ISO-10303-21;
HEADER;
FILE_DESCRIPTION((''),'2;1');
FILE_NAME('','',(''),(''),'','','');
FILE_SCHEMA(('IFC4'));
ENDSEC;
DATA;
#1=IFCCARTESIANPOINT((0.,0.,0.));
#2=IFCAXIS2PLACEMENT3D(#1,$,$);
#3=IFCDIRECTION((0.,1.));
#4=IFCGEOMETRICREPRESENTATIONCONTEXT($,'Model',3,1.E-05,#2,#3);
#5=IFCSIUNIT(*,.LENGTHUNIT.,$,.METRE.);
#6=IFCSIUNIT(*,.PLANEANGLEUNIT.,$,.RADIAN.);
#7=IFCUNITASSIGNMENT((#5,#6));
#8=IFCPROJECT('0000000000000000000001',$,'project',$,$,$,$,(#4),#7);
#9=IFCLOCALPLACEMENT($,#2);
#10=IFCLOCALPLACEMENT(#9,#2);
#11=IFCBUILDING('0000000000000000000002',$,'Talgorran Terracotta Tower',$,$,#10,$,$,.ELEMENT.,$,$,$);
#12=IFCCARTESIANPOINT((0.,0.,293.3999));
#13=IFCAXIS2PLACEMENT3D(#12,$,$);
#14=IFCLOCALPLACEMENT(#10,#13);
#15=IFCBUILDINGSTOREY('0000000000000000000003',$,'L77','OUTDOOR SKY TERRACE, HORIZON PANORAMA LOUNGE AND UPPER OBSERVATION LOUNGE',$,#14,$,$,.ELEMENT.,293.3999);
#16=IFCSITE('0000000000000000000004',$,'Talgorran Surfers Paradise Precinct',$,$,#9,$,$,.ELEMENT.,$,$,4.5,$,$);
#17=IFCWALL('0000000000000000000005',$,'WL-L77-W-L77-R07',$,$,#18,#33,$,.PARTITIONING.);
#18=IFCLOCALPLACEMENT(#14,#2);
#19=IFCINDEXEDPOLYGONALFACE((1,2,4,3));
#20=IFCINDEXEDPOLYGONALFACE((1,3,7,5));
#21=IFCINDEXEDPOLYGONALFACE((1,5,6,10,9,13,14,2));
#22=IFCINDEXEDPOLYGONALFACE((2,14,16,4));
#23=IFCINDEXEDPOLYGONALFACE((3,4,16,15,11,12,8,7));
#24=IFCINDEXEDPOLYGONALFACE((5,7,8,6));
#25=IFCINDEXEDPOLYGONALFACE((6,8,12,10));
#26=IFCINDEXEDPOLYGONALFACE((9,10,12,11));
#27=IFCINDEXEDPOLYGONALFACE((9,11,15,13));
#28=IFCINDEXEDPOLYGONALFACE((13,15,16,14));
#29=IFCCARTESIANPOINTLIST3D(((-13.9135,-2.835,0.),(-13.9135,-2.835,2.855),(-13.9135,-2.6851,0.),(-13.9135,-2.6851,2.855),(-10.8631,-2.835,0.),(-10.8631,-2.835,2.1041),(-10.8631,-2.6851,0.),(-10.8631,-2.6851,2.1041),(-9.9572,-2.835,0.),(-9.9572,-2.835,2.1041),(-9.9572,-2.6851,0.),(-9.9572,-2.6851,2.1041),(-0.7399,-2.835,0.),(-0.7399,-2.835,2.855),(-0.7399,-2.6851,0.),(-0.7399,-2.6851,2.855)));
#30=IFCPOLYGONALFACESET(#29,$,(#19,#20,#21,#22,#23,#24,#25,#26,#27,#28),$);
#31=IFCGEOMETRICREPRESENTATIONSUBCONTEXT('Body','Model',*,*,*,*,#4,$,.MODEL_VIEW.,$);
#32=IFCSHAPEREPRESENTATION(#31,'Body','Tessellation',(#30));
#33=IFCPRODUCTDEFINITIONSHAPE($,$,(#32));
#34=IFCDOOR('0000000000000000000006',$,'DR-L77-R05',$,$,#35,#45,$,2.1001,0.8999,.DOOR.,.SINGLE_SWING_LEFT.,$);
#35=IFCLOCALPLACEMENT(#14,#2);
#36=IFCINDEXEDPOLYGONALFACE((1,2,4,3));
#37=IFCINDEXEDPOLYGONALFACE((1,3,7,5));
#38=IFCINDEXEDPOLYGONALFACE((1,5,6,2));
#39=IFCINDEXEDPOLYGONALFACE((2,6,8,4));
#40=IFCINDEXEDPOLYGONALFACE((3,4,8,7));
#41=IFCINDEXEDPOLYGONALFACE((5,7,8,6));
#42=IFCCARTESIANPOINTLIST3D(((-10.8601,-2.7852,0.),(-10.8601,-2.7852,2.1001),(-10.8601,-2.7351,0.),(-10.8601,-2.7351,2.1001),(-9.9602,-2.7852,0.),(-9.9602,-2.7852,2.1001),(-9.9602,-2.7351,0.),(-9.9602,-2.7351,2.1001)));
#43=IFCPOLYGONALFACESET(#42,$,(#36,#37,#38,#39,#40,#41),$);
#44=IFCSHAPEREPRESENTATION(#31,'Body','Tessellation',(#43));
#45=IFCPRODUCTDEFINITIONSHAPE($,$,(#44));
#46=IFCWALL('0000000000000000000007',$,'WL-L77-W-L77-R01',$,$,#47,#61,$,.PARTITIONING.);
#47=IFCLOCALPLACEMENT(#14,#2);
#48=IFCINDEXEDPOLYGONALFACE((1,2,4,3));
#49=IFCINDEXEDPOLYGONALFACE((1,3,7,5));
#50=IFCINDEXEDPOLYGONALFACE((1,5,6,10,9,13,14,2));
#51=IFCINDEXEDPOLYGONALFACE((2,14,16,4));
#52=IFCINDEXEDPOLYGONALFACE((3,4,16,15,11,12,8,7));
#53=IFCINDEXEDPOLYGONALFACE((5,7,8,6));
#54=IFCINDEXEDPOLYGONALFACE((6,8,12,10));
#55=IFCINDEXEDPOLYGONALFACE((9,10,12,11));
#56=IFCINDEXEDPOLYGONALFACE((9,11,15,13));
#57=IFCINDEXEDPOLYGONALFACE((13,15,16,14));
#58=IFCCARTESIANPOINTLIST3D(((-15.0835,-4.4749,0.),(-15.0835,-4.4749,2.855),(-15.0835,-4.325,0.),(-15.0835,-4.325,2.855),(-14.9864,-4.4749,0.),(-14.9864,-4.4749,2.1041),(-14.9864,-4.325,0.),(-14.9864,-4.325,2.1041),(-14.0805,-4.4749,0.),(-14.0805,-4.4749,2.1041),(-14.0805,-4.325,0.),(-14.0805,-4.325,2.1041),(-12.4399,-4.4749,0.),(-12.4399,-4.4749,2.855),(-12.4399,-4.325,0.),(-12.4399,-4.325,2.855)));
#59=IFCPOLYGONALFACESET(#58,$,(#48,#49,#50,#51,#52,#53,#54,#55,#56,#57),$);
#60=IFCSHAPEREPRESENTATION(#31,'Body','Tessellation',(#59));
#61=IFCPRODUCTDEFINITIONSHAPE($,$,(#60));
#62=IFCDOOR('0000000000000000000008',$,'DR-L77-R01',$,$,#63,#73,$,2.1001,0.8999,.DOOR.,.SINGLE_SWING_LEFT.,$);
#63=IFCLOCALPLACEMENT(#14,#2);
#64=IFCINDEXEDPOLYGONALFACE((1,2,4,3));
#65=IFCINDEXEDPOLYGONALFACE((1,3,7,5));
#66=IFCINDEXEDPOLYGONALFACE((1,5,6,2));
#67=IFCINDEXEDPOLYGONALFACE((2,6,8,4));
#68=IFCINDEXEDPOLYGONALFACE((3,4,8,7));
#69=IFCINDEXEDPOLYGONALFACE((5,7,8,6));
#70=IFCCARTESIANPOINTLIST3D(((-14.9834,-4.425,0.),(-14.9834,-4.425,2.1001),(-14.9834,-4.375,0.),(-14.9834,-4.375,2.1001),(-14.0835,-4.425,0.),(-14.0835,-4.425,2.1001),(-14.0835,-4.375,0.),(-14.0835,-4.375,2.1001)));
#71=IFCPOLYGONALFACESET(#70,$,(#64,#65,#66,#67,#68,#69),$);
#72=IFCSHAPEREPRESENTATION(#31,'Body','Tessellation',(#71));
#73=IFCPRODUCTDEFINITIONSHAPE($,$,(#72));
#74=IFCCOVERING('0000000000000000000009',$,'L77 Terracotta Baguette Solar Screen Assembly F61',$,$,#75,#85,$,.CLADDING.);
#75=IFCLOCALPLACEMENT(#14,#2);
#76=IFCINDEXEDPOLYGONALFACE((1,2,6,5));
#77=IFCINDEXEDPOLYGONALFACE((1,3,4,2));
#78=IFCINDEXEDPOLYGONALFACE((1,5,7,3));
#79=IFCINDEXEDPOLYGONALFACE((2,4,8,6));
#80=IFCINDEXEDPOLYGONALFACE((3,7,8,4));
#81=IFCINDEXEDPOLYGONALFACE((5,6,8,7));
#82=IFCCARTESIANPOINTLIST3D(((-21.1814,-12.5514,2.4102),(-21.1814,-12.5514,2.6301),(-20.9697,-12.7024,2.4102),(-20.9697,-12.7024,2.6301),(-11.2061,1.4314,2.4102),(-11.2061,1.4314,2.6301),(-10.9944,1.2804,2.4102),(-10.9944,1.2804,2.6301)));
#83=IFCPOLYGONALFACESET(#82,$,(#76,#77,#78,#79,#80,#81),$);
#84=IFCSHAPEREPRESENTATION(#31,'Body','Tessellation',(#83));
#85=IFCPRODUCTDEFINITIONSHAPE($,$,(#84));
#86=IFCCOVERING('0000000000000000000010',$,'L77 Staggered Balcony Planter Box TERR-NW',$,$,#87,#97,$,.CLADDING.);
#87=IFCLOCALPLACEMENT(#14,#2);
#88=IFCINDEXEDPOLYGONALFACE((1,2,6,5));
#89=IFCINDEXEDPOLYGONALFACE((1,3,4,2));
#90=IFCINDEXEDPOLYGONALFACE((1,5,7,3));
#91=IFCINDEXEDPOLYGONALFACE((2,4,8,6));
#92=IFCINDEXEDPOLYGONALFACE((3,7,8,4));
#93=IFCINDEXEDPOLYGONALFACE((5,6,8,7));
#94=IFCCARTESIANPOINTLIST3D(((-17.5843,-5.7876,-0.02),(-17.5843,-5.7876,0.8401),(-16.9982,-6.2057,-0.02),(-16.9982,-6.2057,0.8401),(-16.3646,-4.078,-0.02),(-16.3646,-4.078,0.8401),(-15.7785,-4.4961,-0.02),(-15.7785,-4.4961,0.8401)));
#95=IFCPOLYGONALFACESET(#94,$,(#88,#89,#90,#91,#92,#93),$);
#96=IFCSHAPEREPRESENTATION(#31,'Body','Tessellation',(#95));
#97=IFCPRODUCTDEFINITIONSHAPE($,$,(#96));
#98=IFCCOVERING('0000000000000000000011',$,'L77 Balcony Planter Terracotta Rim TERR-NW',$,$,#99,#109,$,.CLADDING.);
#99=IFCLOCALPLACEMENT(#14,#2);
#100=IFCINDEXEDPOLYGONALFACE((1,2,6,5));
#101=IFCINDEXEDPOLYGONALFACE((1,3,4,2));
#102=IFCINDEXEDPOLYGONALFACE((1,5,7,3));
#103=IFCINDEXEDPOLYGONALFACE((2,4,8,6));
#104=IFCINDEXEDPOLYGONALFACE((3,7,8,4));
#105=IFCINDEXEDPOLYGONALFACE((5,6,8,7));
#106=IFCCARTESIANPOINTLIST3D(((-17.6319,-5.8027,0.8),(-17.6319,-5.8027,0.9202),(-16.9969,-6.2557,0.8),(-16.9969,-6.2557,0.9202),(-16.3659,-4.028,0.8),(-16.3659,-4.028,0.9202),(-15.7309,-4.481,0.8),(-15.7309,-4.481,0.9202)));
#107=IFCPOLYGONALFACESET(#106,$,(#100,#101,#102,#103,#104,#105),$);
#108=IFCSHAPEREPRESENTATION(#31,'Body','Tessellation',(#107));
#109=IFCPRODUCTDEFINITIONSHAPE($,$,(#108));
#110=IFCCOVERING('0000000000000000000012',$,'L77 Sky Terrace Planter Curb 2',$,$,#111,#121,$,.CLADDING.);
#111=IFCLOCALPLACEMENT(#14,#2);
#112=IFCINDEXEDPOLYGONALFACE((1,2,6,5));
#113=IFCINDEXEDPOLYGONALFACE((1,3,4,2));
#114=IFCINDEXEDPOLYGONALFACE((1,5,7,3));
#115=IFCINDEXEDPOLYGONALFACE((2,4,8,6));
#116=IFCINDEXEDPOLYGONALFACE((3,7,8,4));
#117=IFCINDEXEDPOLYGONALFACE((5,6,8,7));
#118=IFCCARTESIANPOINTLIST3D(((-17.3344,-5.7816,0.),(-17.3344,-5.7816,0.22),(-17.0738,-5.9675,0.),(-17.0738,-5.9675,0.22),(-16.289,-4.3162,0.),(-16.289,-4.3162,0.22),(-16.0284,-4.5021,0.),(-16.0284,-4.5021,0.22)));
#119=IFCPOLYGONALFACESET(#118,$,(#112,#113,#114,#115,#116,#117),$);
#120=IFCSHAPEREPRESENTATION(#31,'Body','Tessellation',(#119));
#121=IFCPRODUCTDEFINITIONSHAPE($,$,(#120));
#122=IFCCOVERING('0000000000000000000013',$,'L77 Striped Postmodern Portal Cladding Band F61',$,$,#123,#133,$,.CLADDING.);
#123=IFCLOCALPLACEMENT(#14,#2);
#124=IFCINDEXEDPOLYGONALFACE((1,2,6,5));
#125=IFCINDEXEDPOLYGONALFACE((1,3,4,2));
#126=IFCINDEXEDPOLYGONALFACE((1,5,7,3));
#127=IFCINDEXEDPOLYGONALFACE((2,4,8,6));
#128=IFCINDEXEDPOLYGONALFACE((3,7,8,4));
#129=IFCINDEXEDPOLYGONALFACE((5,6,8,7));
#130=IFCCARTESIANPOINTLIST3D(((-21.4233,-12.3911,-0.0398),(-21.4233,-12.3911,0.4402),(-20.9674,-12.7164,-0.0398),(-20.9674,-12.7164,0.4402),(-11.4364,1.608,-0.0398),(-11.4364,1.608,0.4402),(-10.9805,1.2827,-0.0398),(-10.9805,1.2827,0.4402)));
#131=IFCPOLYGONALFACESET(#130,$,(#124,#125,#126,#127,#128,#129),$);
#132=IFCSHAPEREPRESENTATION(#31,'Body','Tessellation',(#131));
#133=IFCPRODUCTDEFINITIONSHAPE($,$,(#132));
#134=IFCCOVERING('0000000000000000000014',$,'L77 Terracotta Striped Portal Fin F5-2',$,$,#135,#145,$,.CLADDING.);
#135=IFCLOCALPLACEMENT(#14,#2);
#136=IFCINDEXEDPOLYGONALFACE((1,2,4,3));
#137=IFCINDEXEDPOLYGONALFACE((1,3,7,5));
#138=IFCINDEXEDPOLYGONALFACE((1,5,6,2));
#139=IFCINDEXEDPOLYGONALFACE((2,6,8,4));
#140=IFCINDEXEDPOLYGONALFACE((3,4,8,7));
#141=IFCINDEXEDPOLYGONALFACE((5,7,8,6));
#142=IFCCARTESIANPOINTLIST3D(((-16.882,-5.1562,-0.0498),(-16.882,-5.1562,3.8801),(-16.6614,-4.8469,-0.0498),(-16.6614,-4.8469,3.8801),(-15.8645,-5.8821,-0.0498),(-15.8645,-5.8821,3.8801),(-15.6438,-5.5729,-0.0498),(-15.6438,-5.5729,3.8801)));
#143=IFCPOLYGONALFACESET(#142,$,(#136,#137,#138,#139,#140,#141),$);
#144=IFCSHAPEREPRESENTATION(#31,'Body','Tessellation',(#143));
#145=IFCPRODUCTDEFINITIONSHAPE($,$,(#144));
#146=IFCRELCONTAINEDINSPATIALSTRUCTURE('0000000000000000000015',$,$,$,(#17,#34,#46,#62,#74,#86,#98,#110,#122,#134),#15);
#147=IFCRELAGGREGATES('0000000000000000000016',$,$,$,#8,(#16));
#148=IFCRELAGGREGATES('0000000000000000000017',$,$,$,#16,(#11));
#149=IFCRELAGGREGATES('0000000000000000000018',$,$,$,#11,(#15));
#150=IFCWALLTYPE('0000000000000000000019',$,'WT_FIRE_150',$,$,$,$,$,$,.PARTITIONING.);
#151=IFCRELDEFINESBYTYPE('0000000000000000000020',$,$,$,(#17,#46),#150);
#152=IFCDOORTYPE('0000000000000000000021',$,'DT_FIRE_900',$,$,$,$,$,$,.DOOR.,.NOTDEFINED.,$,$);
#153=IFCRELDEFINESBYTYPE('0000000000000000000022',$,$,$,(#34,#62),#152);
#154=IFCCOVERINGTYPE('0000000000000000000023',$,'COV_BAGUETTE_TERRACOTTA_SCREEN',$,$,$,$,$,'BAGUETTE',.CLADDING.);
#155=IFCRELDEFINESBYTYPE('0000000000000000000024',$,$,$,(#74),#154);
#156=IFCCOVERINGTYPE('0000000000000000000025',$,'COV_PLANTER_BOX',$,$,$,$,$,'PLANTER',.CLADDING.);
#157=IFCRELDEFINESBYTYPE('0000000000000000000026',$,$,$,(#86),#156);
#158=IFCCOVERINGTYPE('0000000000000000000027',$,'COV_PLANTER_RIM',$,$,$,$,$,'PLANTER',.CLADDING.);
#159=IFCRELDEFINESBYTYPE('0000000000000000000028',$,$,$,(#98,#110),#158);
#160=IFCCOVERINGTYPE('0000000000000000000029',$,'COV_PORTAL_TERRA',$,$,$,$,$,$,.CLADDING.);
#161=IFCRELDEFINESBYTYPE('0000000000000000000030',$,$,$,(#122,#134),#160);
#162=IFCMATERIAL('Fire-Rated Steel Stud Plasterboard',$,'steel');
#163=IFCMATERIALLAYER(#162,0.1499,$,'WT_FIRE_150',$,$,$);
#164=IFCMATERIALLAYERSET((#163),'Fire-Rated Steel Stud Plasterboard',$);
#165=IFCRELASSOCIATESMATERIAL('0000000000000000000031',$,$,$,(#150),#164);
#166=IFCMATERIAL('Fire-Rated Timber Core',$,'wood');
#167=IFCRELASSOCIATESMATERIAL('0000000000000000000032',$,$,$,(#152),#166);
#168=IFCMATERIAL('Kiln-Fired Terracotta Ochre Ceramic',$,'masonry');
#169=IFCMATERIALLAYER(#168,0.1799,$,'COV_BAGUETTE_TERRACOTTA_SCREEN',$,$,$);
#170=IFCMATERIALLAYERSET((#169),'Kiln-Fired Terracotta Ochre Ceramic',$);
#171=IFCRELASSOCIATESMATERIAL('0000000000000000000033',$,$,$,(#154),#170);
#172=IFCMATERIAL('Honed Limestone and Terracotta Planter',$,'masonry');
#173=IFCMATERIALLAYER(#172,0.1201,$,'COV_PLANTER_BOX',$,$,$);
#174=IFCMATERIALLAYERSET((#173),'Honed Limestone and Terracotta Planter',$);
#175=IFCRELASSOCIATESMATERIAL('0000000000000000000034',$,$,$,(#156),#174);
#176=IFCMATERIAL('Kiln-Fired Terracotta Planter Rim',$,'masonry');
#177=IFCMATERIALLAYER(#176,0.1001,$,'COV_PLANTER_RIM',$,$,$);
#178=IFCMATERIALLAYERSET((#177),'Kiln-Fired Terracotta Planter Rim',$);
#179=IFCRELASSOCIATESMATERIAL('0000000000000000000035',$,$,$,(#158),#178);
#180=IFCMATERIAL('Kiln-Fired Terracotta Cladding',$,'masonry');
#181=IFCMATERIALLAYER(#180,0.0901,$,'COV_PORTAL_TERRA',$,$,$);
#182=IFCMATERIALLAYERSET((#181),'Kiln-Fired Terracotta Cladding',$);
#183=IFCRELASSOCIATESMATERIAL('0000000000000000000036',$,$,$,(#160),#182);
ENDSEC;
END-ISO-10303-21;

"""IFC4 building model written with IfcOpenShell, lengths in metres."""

from ifc_helpers import new_model, si_unit, direction, frame, frame_2d, origin, origin_2d, place, context, subcontext, project, spatial, rectangle, extrude, material, layer, layer_set, type_object, element, fill, save


model = new_model("IFC4")

# Units and contexts
model_context = context("Model", 3, precision=1e-05, world=origin(), true_north=direction((0.0, 1.0)))
body_context = subcontext(model_context, "Body", "Model", "MODEL_VIEW")
ifc_project = project(units=[si_unit("LENGTHUNIT", "METRE"), si_unit("PLANEANGLEUNIT", "RADIAN")], contexts=[model_context])

# Site, building, storey
site_placement = place(None, origin())
site = spatial("IfcSite", under=ifc_project, at=site_placement, Name="Talgorran Surfers Paradise Precinct", CompositionType="ELEMENT", RefElevation=4.5)
building_placement = place(site_placement, origin())
building = spatial("IfcBuilding", under=site, at=building_placement, Name="Talgorran Terracotta Tower", CompositionType="ELEMENT")
storey_placement = place(building_placement, frame((0.0, 0.0, 293.3999)))
storey = spatial("IfcBuildingStorey", under=building, at=storey_placement, Name="L77", Description="OUTDOOR SKY TERRACE, HORIZON PANORAMA LOUNGE AND UPPER OBSERVATION LOUNGE", CompositionType="ELEMENT", Elevation=293.3999)

# Walls, openings, doors
ifc_material_1 = material(Name="Fire-Rated Steel Stud Plasterboard", Category="steel")
ifc_layer_1 = layer(ifc_material_1, 0.1499, Name="WT_FIRE_150")
ifc_layer_set_1 = layer_set([ifc_layer_1], Name="Fire-Rated Steel Stud Plasterboard")
wall_type_1 = type_object("IfcWallType", Name="WT_FIRE_150", PredefinedType="PARTITIONING", material=ifc_layer_set_1)
wall_1_placement = place(storey_placement, frame((-13.9136, -2.76, 0.0), z_axis=(0.0, 0.0, 1.0), x_axis=(1.0, 0.0, 0.0)))
wall_1 = element("IfcWall", 1, at=wall_1_placement, inside=storey, type_object=wall_type_1, Name="WL-L77-W-L77-R07", PredefinedType="PARTITIONING", context=body_context, shape_type="SweptSolid", body=[
    extrude(rectangle(XDim=13.1736, YDim=0.1499, at=frame_2d((6.5869, 0.0))), origin(), (0.0, 0.0, 1.0), 2.855),
])
opening_1_placement = place(wall_1_placement, frame((3.0535, 0.0, 0.0)))
opening_1 = element("IfcOpeningElement", 2, at=opening_1_placement, cuts=wall_1, PredefinedType="OPENING", context=body_context, shape_type="SweptSolid", body=[
    extrude(rectangle(XDim=0.9059, YDim=2.1041, at=frame_2d((0.45, 1.052))), frame((0.0, 0.085, 0.0), z_axis=(0.0, -1.0, 0.0), x_axis=(1.0, 0.0, 0.0)), (0.0, 0.0, 1.0), 0.1699),
])
ifc_material_2 = material(Name="Fire-Rated Timber Core", Category="wood")
door_type_1 = type_object("IfcDoorType", Name="DT_FIRE_900", OperationType="NOTDEFINED", PredefinedType="DOOR", material=ifc_material_2)
door_1_placement = place(opening_1_placement, origin())
door_1 = element("IfcDoor", 3, at=door_1_placement, inside=storey, type_object=door_type_1, Name="DR-L77-R05", OperationType="SINGLE_SWING_LEFT", OverallHeight=2.1001, OverallWidth=0.8999, PredefinedType="DOOR", context=body_context, shape_type="SweptSolid", body=[
    extrude(rectangle(XDim=0.8999, YDim=2.1001, at=frame_2d((0.45, 1.05))), frame((0.0, 0.0249, 0.0), z_axis=(0.0, -1.0, 0.0), x_axis=(1.0, 0.0, 0.0)), (0.0, 0.0, 1.0), 0.05),
])
fill(opening_1, door_1)
wall_2_placement = place(storey_placement, frame((-15.0835, -4.3999, 0.0), z_axis=(0.0, 0.0, 1.0), x_axis=(1.0, 0.0, 0.0)))
wall_2 = element("IfcWall", 4, at=wall_2_placement, inside=storey, type_object=wall_type_1, Name="WL-L77-W-L77-R01", PredefinedType="PARTITIONING", context=body_context, shape_type="SweptSolid", body=[
    extrude(rectangle(XDim=2.6436, YDim=0.1499, at=frame_2d((1.3218, 0.0))), origin(), (0.0, 0.0, 1.0), 2.855),
])
opening_2_placement = place(wall_2_placement, frame((0.1001, 0.0, 0.0)))
opening_2 = element("IfcOpeningElement", 5, at=opening_2_placement, cuts=wall_2, PredefinedType="OPENING", context=body_context, shape_type="SweptSolid", body=[
    extrude(rectangle(XDim=0.9059, YDim=2.1041, at=frame_2d((0.45, 1.052))), frame((0.0, 0.085, 0.0), z_axis=(0.0, -1.0, 0.0), x_axis=(1.0, 0.0, 0.0)), (0.0, 0.0, 1.0), 0.1699),
])
door_2_placement = place(opening_2_placement, origin())
door_2 = element("IfcDoor", 6, at=door_2_placement, inside=storey, type_object=door_type_1, Name="DR-L77-R01", OperationType="SINGLE_SWING_LEFT", OverallHeight=2.1001, OverallWidth=0.8999, PredefinedType="DOOR", context=body_context, shape_type="SweptSolid", body=[
    extrude(rectangle(XDim=0.8999, YDim=2.1001, at=frame_2d((0.45, 1.05))), frame((0.0, 0.0249, 0.0), z_axis=(0.0, -1.0, 0.0), x_axis=(1.0, 0.0, 0.0)), (0.0, 0.0, 1.0), 0.05),
])
fill(opening_2, door_2)

# Coverings
ifc_material_3 = material(Name="Kiln-Fired Terracotta Ochre Ceramic", Category="masonry")
ifc_layer_2 = layer(ifc_material_3, 0.1799, Name="COV_BAGUETTE_TERRACOTTA_SCREEN")
ifc_layer_set_2 = layer_set([ifc_layer_2], Name="Kiln-Fired Terracotta Ochre Ceramic")
covering_type_1 = type_object("IfcCoveringType", Name="COV_BAGUETTE_TERRACOTTA_SCREEN", ElementType="BAGUETTE", PredefinedType="CLADDING", material=ifc_layer_set_2)
covering_1_placement = place(storey_placement, frame((-16.0879, -5.6355, 2.4102), z_axis=(0.0, 0.0, 1.0), x_axis=(-0.58076, -0.814075, 0.0)))
element("IfcCovering", 7, at=covering_1_placement, inside=storey, type_object=covering_type_1, Name="L77 Terracotta Baguette Solar Screen Assembly F61", PredefinedType="CLADDING", context=body_context, shape_type="SweptSolid", body=[
    extrude(rectangle(XDim=17.1763, YDim=0.26, at=origin_2d()), origin(), (0.0, 0.0, 1.0), 0.22),
])
ifc_material_4 = material(Name="Honed Limestone and Terracotta Planter", Category="masonry")
ifc_layer_3 = layer(ifc_material_4, 0.1201, Name="COV_PLANTER_BOX")
ifc_layer_set_3 = layer_set([ifc_layer_3], Name="Honed Limestone and Terracotta Planter")
covering_type_2 = type_object("IfcCoveringType", Name="COV_PLANTER_BOX", ElementType="PLANTER", PredefinedType="CLADDING", material=ifc_layer_set_3)
covering_2_placement = place(storey_placement, frame((-16.6814, -5.1418, -0.02), z_axis=(0.0, 0.0, 1.0), x_axis=(-0.58076, -0.814075, 0.0)))
element("IfcCovering", 8, at=covering_2_placement, inside=storey, type_object=covering_type_2, Name="L77 Staggered Balcony Planter Box TERR-NW", PredefinedType="CLADDING", context=body_context, shape_type="SweptSolid", body=[
    extrude(rectangle(XDim=2.1001, YDim=0.72, at=origin_2d()), origin(), (0.0, 0.0, 1.0), 0.8601),
])
ifc_material_5 = material(Name="Kiln-Fired Terracotta Planter Rim", Category="masonry")
ifc_layer_4 = layer(ifc_material_5, 0.1001, Name="COV_PLANTER_RIM")
ifc_layer_set_4 = layer_set([ifc_layer_4], Name="Kiln-Fired Terracotta Planter Rim")
covering_type_3 = type_object("IfcCoveringType", Name="COV_PLANTER_RIM", ElementType="PLANTER", PredefinedType="CLADDING", material=ifc_layer_set_4)
covering_3_placement = place(storey_placement, frame((-16.6814, -5.1418, 0.8), z_axis=(0.0, 0.0, 1.0), x_axis=(-0.58076, -0.814075, 0.0)))
element("IfcCovering", 9, at=covering_3_placement, inside=storey, type_object=covering_type_3, Name="L77 Balcony Planter Terracotta Rim TERR-NW", PredefinedType="CLADDING", context=body_context, shape_type="SweptSolid", body=[
    extrude(rectangle(XDim=2.1799, YDim=0.78, at=origin_2d()), origin(), (0.0, 0.0, 1.0), 0.1201),
])
covering_4_placement = place(storey_placement, frame((-16.6814, -5.1418, 0.0), z_axis=(0.0, 0.0, 1.0), x_axis=(-0.58076, -0.814075, 0.0)))
element("IfcCovering", 10, at=covering_4_placement, inside=storey, type_object=covering_type_3, Name="L77 Sky Terrace Planter Curb 2", PredefinedType="CLADDING", context=body_context, shape_type="SweptSolid", body=[
    extrude(rectangle(XDim=1.8, YDim=0.3201, at=origin_2d()), origin(), (0.0, 0.0, 1.0), 0.22),
])
ifc_material_6 = material(Name="Kiln-Fired Terracotta Cladding", Category="masonry")
ifc_layer_5 = layer(ifc_material_6, 0.0901, Name="COV_PORTAL_TERRA")
ifc_layer_set_5 = layer_set([ifc_layer_5], Name="Kiln-Fired Terracotta Cladding")
covering_type_4 = type_object("IfcCoveringType", Name="COV_PORTAL_TERRA", PredefinedType="CLADDING", material=ifc_layer_set_5)
covering_5_placement = place(storey_placement, frame((-16.2019, -5.5542, -0.0398), z_axis=(0.0, 0.0, 1.0), x_axis=(-0.58076, -0.814075, 0.0)))
element("IfcCovering", 11, at=covering_5_placement, inside=storey, type_object=covering_type_4, Name="L77 Striped Postmodern Portal Cladding Band F61", PredefinedType="CLADDING", context=body_context, shape_type="SweptSolid", body=[
    extrude(rectangle(XDim=17.1963, YDim=0.5601, at=origin_2d()), origin(), (0.0, 0.0, 1.0), 0.48),
])
covering_6_placement = place(storey_placement, frame((-16.2629, -5.3645, -0.0498), z_axis=(0.0, 0.0, 1.0), x_axis=(-0.58076, -0.814075, 0.0)))
element("IfcCovering", 12, at=covering_6_placement, inside=storey, type_object=covering_type_4, Name="L77 Terracotta Striped Portal Fin F5-2", PredefinedType="CLADDING", context=body_context, shape_type="SweptSolid", body=[
    extrude(rectangle(XDim=0.3799, YDim=1.25, at=origin_2d()), origin(), (0.0, 0.0, 1.0), 3.9299),
])

save(model, "model.ifc")
